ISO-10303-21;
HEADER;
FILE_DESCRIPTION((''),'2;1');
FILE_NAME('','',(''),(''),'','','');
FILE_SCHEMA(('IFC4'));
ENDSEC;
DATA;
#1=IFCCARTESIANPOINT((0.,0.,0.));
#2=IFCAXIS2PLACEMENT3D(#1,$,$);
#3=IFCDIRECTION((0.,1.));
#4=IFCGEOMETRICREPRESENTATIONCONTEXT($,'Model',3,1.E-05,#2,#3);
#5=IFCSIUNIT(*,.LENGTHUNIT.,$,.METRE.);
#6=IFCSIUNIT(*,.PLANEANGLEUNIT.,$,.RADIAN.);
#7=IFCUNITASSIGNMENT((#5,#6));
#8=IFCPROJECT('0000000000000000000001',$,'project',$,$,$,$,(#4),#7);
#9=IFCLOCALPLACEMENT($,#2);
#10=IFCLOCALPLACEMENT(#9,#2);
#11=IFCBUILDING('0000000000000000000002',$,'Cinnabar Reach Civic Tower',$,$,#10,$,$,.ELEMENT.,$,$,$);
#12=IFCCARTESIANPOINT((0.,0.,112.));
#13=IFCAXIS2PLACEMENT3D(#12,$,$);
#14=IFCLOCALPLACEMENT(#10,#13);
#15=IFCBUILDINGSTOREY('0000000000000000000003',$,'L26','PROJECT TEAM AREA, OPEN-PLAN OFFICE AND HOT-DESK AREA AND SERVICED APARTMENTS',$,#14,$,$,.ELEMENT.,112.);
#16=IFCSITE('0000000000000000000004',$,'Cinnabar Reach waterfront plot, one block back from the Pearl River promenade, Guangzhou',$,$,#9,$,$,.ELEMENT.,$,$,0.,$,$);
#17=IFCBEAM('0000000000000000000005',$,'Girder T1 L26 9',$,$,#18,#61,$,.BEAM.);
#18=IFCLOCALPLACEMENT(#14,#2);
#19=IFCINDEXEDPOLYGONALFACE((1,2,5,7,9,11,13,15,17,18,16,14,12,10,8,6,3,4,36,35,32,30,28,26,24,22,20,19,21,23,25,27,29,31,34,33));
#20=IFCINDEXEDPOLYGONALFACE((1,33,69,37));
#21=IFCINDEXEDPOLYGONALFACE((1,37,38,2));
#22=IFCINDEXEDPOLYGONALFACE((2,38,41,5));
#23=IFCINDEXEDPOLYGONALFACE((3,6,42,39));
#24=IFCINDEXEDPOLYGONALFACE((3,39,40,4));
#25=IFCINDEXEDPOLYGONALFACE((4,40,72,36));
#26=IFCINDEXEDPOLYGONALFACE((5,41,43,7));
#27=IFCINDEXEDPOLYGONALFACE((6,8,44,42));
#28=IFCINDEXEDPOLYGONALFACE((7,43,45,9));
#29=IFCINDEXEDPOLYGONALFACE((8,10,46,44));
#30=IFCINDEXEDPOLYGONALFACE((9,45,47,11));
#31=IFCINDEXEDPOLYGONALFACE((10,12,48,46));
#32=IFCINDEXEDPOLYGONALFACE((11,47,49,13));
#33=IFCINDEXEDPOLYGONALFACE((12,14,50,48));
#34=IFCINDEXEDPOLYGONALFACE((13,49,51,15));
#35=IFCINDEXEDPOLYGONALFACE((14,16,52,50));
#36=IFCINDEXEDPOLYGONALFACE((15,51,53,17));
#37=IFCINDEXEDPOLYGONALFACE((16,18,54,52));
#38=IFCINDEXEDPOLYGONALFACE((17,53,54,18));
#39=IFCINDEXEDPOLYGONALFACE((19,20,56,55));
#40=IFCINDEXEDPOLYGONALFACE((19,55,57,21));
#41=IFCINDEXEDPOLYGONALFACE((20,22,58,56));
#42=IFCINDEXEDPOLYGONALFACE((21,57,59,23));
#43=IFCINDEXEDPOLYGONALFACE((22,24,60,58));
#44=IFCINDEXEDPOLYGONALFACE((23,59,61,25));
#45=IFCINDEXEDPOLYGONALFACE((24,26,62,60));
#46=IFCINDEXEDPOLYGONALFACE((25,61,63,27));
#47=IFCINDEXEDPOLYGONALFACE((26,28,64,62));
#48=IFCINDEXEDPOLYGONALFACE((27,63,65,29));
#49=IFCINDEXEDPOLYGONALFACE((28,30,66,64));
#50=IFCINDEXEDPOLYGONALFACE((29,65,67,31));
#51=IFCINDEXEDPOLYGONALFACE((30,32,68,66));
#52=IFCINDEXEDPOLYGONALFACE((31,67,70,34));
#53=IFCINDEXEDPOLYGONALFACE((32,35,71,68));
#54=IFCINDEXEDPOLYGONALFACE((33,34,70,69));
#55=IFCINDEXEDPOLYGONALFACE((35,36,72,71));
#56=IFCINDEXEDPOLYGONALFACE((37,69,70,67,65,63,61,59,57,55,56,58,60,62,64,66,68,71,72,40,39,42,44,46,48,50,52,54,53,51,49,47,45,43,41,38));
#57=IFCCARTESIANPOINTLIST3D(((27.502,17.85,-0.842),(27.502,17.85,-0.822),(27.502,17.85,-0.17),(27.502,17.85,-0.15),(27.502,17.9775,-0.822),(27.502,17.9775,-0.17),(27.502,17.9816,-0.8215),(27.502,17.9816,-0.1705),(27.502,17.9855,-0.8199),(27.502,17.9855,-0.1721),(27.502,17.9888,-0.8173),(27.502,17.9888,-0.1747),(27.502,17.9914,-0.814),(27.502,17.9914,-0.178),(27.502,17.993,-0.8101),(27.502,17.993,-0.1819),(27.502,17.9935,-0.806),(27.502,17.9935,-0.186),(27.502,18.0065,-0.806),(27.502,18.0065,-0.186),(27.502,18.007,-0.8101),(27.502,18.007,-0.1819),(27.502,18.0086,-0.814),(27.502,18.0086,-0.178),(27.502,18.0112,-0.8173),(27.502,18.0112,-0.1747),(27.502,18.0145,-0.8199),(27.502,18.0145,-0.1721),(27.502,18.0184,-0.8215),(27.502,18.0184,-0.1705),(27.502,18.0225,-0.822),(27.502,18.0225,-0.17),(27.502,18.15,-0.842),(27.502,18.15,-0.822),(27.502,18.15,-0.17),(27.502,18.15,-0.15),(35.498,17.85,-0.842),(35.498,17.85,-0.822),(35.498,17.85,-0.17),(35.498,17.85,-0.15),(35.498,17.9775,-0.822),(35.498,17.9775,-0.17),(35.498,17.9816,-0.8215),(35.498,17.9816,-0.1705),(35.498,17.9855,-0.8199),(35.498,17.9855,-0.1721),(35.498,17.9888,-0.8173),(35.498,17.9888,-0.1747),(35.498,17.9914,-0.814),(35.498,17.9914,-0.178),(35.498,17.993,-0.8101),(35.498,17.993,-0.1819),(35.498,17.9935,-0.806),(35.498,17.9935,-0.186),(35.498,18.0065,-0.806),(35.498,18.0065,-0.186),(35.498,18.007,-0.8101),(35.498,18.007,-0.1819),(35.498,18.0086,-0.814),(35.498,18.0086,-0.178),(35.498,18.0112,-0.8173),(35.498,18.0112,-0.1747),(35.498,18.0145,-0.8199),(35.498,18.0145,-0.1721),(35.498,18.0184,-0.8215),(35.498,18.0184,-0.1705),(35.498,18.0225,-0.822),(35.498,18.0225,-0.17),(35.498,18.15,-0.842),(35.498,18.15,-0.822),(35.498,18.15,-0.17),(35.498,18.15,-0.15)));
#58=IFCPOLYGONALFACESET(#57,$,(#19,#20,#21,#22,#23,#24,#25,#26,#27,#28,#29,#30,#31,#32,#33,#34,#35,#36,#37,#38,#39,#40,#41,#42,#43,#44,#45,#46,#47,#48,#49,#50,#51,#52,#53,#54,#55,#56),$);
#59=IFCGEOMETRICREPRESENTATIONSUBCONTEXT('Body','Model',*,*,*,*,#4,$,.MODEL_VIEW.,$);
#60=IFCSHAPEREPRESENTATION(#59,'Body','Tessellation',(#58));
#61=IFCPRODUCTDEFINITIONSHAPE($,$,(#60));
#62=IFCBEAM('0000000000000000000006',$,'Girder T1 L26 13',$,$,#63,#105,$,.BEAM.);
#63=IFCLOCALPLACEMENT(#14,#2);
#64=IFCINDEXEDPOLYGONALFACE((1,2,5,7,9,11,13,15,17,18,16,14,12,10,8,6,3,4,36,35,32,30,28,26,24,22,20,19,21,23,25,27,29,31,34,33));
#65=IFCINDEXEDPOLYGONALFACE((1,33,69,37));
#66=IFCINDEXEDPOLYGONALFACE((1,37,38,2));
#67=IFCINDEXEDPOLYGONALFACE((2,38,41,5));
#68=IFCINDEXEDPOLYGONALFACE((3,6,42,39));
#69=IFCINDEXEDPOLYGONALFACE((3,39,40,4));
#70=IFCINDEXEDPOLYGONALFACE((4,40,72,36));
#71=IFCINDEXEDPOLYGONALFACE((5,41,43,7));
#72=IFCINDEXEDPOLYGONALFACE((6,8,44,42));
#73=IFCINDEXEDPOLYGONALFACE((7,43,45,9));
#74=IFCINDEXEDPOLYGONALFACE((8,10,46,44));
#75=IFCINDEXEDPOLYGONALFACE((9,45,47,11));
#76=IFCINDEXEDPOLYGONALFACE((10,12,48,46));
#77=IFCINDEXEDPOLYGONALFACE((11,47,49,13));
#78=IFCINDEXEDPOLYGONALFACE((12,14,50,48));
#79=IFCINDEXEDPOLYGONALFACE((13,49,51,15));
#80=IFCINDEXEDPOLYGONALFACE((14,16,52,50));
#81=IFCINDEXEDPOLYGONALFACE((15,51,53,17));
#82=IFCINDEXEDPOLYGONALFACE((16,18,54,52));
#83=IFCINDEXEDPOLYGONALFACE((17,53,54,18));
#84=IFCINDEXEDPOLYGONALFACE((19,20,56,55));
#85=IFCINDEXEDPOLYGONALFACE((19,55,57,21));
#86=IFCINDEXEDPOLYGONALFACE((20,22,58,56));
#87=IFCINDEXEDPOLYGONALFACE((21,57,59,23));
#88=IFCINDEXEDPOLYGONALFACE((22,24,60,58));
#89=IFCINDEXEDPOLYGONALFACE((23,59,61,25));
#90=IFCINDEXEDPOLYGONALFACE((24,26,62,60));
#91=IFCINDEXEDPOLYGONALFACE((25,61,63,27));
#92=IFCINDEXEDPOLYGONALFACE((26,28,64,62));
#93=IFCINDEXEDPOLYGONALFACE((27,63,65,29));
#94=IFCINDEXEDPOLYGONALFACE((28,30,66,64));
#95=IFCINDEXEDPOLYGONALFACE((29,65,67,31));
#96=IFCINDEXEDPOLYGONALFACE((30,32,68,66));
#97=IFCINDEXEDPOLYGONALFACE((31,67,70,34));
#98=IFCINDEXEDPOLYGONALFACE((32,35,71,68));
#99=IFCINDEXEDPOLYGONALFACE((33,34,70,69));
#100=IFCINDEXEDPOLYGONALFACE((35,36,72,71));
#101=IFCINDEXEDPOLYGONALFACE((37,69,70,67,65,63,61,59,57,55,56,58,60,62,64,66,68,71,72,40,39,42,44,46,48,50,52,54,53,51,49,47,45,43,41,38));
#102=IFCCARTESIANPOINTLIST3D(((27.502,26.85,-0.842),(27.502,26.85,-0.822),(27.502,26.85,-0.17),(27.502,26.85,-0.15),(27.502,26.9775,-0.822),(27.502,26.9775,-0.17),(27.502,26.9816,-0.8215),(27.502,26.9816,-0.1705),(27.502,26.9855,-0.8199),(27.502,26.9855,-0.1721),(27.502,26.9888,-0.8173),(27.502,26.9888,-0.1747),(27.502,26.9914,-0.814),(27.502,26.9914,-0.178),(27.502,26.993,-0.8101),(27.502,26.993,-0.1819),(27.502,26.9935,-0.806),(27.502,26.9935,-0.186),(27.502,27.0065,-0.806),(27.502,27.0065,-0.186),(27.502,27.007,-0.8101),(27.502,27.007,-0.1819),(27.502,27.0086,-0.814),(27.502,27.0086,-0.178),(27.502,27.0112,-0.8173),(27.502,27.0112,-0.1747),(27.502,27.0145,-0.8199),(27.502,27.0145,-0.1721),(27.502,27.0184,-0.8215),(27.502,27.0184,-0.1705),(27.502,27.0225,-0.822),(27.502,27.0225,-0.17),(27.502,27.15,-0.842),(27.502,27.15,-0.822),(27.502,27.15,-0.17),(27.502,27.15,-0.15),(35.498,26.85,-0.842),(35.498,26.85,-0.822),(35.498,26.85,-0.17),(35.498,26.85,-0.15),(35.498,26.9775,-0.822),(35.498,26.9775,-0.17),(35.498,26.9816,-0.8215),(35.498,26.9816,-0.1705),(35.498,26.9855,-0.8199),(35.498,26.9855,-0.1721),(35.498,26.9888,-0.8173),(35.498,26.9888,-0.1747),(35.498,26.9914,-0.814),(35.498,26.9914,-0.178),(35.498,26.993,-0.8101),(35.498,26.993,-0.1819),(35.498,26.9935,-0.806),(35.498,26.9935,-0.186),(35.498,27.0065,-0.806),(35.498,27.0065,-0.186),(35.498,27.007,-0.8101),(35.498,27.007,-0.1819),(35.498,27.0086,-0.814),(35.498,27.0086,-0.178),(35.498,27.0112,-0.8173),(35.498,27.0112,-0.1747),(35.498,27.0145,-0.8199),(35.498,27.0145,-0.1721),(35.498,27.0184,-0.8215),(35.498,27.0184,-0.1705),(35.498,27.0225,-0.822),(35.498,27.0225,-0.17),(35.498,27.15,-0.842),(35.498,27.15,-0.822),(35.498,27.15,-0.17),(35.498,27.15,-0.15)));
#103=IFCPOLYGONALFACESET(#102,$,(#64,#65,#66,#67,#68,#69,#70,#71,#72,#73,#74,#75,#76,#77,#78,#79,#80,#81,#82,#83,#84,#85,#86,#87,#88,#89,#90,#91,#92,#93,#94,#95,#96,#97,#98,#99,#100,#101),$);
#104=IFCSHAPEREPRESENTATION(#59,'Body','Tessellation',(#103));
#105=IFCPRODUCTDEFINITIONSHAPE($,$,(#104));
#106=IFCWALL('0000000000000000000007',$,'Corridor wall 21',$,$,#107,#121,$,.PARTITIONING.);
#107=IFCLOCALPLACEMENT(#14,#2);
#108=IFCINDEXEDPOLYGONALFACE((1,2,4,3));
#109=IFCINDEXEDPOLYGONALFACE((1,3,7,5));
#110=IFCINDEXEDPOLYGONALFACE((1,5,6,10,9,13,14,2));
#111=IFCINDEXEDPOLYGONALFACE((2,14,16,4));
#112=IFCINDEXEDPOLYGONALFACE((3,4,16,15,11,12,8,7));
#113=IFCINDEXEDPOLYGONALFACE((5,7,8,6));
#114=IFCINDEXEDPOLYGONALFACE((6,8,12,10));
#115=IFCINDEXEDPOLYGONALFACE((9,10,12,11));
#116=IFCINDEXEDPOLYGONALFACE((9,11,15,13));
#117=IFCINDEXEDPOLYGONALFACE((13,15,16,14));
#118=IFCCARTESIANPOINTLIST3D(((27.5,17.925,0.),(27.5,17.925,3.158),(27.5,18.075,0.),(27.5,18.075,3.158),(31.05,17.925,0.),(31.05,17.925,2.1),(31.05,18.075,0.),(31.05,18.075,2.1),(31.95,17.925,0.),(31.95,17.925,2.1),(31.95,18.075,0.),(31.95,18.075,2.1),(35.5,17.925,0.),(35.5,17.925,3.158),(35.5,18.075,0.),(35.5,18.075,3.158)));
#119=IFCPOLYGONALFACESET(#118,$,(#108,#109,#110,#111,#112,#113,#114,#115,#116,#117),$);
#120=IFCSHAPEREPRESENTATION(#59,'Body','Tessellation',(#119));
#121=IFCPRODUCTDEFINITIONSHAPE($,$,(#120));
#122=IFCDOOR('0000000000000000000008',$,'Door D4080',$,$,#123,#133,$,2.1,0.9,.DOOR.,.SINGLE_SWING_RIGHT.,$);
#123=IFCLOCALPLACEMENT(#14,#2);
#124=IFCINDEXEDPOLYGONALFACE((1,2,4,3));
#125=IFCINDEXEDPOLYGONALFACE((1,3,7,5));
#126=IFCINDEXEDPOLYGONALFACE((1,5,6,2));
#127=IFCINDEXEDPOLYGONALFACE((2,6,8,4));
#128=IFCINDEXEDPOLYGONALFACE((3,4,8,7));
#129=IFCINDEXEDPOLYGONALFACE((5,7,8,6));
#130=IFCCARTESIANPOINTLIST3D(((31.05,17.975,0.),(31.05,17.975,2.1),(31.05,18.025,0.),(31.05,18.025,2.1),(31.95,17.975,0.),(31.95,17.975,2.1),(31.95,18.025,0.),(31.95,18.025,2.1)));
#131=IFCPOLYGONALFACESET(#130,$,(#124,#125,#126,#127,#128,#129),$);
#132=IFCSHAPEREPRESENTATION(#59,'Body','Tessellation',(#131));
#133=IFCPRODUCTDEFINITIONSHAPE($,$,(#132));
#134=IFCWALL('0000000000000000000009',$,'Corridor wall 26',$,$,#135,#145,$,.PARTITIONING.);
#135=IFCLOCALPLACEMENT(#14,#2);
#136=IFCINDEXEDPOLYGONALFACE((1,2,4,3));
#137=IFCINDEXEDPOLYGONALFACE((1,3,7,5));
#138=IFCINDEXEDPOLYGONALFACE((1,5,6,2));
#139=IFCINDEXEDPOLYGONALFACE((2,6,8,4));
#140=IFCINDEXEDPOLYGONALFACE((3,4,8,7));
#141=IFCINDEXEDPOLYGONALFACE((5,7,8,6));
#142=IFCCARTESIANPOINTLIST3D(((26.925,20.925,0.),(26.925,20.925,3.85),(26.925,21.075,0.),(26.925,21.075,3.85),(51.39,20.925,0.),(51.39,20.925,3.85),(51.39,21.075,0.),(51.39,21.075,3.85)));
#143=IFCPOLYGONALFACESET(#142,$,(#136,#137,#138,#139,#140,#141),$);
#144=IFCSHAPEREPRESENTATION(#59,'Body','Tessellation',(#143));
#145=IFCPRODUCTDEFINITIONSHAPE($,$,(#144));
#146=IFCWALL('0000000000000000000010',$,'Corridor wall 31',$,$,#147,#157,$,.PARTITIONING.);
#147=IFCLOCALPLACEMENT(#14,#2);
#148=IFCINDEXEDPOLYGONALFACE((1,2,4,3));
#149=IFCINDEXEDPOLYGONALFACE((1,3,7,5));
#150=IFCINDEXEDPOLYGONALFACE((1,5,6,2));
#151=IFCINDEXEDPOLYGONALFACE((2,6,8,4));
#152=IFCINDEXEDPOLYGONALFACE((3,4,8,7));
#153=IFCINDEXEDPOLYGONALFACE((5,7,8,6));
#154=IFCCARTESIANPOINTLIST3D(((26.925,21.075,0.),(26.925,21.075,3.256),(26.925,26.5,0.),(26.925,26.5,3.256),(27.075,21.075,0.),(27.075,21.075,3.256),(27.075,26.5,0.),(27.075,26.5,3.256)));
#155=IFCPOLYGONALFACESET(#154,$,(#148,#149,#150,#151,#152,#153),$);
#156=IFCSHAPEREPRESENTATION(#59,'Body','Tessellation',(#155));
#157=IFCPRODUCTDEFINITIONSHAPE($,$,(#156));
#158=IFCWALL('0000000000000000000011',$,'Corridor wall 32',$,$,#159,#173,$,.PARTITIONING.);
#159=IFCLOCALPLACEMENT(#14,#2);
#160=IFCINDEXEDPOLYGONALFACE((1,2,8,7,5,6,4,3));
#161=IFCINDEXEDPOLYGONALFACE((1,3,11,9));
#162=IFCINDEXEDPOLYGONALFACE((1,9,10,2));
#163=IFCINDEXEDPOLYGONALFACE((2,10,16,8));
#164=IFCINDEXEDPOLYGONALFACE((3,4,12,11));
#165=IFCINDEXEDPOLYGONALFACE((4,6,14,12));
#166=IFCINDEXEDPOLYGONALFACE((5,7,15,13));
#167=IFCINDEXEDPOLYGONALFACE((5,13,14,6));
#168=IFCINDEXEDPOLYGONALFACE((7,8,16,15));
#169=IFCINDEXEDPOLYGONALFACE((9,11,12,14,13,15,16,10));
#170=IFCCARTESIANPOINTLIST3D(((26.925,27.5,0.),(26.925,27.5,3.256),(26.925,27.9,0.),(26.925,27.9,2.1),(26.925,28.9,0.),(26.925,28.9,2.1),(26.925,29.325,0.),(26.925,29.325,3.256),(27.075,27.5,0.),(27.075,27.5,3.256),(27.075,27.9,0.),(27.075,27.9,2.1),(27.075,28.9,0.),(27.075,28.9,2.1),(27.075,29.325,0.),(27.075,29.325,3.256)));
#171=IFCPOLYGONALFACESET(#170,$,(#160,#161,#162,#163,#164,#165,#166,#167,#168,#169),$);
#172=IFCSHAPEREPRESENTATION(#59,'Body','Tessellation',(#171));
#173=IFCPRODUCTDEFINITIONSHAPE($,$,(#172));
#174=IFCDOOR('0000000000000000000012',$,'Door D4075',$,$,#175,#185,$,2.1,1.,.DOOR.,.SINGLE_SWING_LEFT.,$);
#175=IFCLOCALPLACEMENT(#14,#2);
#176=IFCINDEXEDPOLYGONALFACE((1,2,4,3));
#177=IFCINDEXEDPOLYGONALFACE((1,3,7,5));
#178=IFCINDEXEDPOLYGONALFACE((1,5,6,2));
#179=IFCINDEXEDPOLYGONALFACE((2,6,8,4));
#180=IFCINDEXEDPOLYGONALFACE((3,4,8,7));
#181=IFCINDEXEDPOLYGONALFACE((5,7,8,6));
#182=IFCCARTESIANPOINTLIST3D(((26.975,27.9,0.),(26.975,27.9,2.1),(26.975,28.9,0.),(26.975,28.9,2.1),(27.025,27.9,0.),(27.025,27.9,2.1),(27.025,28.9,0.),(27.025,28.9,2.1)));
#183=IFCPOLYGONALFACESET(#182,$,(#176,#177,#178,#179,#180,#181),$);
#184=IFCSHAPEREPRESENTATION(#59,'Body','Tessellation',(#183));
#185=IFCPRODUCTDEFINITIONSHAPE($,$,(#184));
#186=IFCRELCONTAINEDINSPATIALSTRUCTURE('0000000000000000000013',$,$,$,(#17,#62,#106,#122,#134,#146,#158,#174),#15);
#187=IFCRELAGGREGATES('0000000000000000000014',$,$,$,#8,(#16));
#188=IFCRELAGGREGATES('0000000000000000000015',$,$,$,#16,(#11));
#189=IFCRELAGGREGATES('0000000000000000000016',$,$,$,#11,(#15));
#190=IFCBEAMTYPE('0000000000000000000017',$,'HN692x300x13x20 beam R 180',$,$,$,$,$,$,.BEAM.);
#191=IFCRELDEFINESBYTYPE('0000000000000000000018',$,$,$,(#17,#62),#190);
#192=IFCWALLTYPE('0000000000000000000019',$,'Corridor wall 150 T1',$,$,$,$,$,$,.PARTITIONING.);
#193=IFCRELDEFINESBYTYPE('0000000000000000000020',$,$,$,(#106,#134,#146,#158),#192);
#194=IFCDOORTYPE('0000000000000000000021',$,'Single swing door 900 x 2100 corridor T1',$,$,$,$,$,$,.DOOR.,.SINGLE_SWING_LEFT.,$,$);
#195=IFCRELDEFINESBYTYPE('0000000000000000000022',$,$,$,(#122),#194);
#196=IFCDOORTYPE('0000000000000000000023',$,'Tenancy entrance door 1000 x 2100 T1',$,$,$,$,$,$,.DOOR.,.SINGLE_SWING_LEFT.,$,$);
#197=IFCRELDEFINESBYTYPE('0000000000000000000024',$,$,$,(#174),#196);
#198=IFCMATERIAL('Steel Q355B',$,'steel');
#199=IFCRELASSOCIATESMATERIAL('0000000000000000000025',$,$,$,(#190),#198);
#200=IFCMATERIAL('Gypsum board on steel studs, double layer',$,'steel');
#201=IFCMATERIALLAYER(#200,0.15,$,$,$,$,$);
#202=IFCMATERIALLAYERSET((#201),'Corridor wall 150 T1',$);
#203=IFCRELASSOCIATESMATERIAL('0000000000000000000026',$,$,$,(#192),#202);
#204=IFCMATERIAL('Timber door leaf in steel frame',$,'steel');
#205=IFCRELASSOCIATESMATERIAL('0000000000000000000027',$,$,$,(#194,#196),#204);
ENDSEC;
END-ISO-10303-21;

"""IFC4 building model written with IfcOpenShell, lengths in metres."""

from ifc_helpers import new_model, si_unit, direction, frame, frame_2d, origin, origin_2d, place, context, subcontext, project, spatial, rectangle, i_section, extrude, material, layer, layer_set, material_profile, profile_set, type_object, element, fill, save


model = new_model("IFC4")

# Units and contexts
model_context = context("Model", 3, precision=1e-05, world=origin(), true_north=direction((0.0, 1.0)))
body_context = subcontext(model_context, "Body", "Model", "MODEL_VIEW")
ifc_project = project(units=[si_unit("LENGTHUNIT", "METRE"), si_unit("PLANEANGLEUNIT", "RADIAN")], contexts=[model_context])

# Site, building, storey
site_placement = place(None, origin())
site = spatial("IfcSite", under=ifc_project, at=site_placement, Name="Cinnabar Reach waterfront plot, one block back from the Pearl River promenade, Guangzhou", CompositionType="ELEMENT", RefElevation=0.0)
building_placement = place(site_placement, origin())
building = spatial("IfcBuilding", under=site, at=building_placement, Name="Cinnabar Reach Civic Tower", CompositionType="ELEMENT")
storey_placement = place(building_placement, frame((0.0, 0.0, 112.0)))
storey = spatial("IfcBuildingStorey", under=building, at=storey_placement, Name="L26", Description="PROJECT TEAM AREA, OPEN-PLAN OFFICE AND HOT-DESK AREA AND SERVICED APARTMENTS", CompositionType="ELEMENT", Elevation=112.0)

# Beams
ifc_material_1 = material(Name="Steel Q355B", Category="steel")
ifc_material_profile_1 = material_profile(ifc_material_1, i_section(OverallWidth=0.3, OverallDepth=0.692, WebThickness=0.013, FlangeThickness=0.02, FilletRadius=0.016, at=origin_2d()), Name="HN692x300x13x20")
ifc_profile_set_1 = profile_set([ifc_material_profile_1], Name="Steel Q355B")
beam_type_1 = type_object("IfcBeamType", Name="HN692x300x13x20 beam R 180", PredefinedType="BEAM", material=ifc_profile_set_1)
for number, where, z_axis, x_axis, name in (
    (1, (27.502, 18.0, -0.496), (1.0, 0.0, 0.0), (0.0, 1.0, 0.0), "Girder T1 L26 9"),
    (2, (27.502, 27.0, -0.496), (1.0, 0.0, 0.0), (0.0, 1.0, 0.0), "Girder T1 L26 13"),
):
    element("IfcBeam", number, at=place(storey_placement, frame(where, z_axis=z_axis, x_axis=x_axis)), inside=storey, type_object=beam_type_1, Name=name, PredefinedType="BEAM", context=body_context, shape_type="SweptSolid", body=[
        extrude(i_section(OverallWidth=0.3, OverallDepth=0.692, WebThickness=0.013, FlangeThickness=0.02, FilletRadius=0.016, at=origin_2d()), origin(), (0.0, 0.0, 1.0), 7.996),
    ])

# Wall, opening, door
ifc_material_2 = material(Name="Gypsum board on steel studs, double layer", Category="steel")
ifc_layer_1 = layer(ifc_material_2, 0.15)
ifc_layer_set_1 = layer_set([ifc_layer_1], Name="Corridor wall 150 T1")
wall_type_1 = type_object("IfcWallType", Name="Corridor wall 150 T1", PredefinedType="PARTITIONING", material=ifc_layer_set_1)
wall_1_placement = place(storey_placement, frame((27.5, 18.0, 0.0), z_axis=(0.0, 0.0, 1.0), x_axis=(1.0, 0.0, 0.0)))
wall_1 = element("IfcWall", 3, at=wall_1_placement, inside=storey, type_object=wall_type_1, Name="Corridor wall 21", PredefinedType="PARTITIONING", context=body_context, shape_type="SweptSolid", body=[
    extrude(rectangle(XDim=8.0, YDim=0.15, at=frame_2d((4.0, 0.0))), origin(), (0.0, 0.0, 1.0), 3.158),
])
opening_1_placement = place(wall_1_placement, frame((3.55, 0.0, 0.0)))
opening_1 = element("IfcOpeningElement", 4, at=opening_1_placement, cuts=wall_1, PredefinedType="OPENING", context=body_context, shape_type="SweptSolid", body=[
    extrude(rectangle(XDim=0.9, YDim=2.1, at=frame_2d((0.45, 1.05))), frame((0.0, 0.085, 0.0), z_axis=(0.0, -1.0, 0.0), x_axis=(1.0, 0.0, 0.0)), (0.0, 0.0, 1.0), 0.17),
])
ifc_material_3 = material(Name="Timber door leaf in steel frame", Category="steel")
door_type_1 = type_object("IfcDoorType", Name="Single swing door 900 x 2100 corridor T1", OperationType="SINGLE_SWING_LEFT", PredefinedType="DOOR", material=ifc_material_3)
door_1_placement = place(opening_1_placement, frame((0.9, 0.0, 0.0), z_axis=(0.0, 0.0, 1.0), x_axis=(-1.0, 0.0, 0.0)))
door_1 = element("IfcDoor", 5, at=door_1_placement, inside=storey, type_object=door_type_1, Name="Door D4080", OperationType="SINGLE_SWING_RIGHT", OverallHeight=2.1, OverallWidth=0.9, PredefinedType="DOOR", context=body_context, shape_type="SweptSolid", body=[
    extrude(rectangle(XDim=0.9, YDim=2.1, at=frame_2d((0.45, 1.05))), frame((0.0, 0.025, 0.0), z_axis=(0.0, -1.0, 0.0), x_axis=(1.0, 0.0, 0.0)), (0.0, 0.0, 1.0), 0.05),
])
fill(opening_1, door_1)

# Walls
wall_2_placement = place(storey_placement, frame((26.925, 21.0, 0.0), z_axis=(0.0, 0.0, 1.0), x_axis=(1.0, 0.0, 0.0)))
element("IfcWall", 6, at=wall_2_placement, inside=storey, type_object=wall_type_1, Name="Corridor wall 26", PredefinedType="PARTITIONING", context=body_context, shape_type="SweptSolid", body=[
    extrude(rectangle(XDim=24.465, YDim=0.15, at=frame_2d((12.2325, 0.0))), origin(), (0.0, 0.0, 1.0), 3.85),
])
wall_3_placement = place(storey_placement, frame((27.0, 21.075, 0.0), z_axis=(0.0, 0.0, 1.0), x_axis=(0.0, 1.0, 0.0)))
element("IfcWall", 7, at=wall_3_placement, inside=storey, type_object=wall_type_1, Name="Corridor wall 31", PredefinedType="PARTITIONING", context=body_context, shape_type="SweptSolid", body=[
    extrude(rectangle(XDim=5.425, YDim=0.15, at=frame_2d((2.7125, 0.0))), origin(), (0.0, 0.0, 1.0), 3.256),
])

# Wall, opening, door
wall_4_placement = place(storey_placement, frame((27.0, 27.5, 0.0), z_axis=(0.0, 0.0, 1.0), x_axis=(0.0, 1.0, 0.0)))
wall_4 = element("IfcWall", 8, at=wall_4_placement, inside=storey, type_object=wall_type_1, Name="Corridor wall 32", PredefinedType="PARTITIONING", context=body_context, shape_type="SweptSolid", body=[
    extrude(rectangle(XDim=1.825, YDim=0.15, at=frame_2d((0.9125, 0.0))), origin(), (0.0, 0.0, 1.0), 3.256),
])
opening_2_placement = place(wall_4_placement, frame((0.4, 0.0, 0.0)))
opening_2 = element("IfcOpeningElement", 9, at=opening_2_placement, cuts=wall_4, PredefinedType="OPENING", context=body_context, shape_type="SweptSolid", body=[
    extrude(rectangle(XDim=1.0, YDim=2.1, at=frame_2d((0.5, 1.05))), frame((0.0, 0.085, 0.0), z_axis=(0.0, -1.0, 0.0), x_axis=(1.0, 0.0, 0.0)), (0.0, 0.0, 1.0), 0.17),
])
door_type_2 = type_object("IfcDoorType", Name="Tenancy entrance door 1000 x 2100 T1", OperationType="SINGLE_SWING_LEFT", PredefinedType="DOOR", material=ifc_material_3)
door_2_placement = place(opening_2_placement, frame((1.0, 0.0, 0.0), z_axis=(0.0, 0.0, 1.0), x_axis=(-1.0, 0.0, 0.0)))
door_2 = element("IfcDoor", 10, at=door_2_placement, inside=storey, type_object=door_type_2, Name="Door D4075", OperationType="SINGLE_SWING_LEFT", OverallHeight=2.1, OverallWidth=1.0, PredefinedType="DOOR", context=body_context, shape_type="SweptSolid", body=[
    extrude(rectangle(XDim=1.0, YDim=2.1, at=frame_2d((0.5, 1.05))), frame((0.0, 0.025, 0.0), z_axis=(0.0, -1.0, 0.0), x_axis=(1.0, 0.0, 0.0)), (0.0, 0.0, 1.0), 0.05),
])
fill(opening_2, door_2)

save(model, "model.ifc")
